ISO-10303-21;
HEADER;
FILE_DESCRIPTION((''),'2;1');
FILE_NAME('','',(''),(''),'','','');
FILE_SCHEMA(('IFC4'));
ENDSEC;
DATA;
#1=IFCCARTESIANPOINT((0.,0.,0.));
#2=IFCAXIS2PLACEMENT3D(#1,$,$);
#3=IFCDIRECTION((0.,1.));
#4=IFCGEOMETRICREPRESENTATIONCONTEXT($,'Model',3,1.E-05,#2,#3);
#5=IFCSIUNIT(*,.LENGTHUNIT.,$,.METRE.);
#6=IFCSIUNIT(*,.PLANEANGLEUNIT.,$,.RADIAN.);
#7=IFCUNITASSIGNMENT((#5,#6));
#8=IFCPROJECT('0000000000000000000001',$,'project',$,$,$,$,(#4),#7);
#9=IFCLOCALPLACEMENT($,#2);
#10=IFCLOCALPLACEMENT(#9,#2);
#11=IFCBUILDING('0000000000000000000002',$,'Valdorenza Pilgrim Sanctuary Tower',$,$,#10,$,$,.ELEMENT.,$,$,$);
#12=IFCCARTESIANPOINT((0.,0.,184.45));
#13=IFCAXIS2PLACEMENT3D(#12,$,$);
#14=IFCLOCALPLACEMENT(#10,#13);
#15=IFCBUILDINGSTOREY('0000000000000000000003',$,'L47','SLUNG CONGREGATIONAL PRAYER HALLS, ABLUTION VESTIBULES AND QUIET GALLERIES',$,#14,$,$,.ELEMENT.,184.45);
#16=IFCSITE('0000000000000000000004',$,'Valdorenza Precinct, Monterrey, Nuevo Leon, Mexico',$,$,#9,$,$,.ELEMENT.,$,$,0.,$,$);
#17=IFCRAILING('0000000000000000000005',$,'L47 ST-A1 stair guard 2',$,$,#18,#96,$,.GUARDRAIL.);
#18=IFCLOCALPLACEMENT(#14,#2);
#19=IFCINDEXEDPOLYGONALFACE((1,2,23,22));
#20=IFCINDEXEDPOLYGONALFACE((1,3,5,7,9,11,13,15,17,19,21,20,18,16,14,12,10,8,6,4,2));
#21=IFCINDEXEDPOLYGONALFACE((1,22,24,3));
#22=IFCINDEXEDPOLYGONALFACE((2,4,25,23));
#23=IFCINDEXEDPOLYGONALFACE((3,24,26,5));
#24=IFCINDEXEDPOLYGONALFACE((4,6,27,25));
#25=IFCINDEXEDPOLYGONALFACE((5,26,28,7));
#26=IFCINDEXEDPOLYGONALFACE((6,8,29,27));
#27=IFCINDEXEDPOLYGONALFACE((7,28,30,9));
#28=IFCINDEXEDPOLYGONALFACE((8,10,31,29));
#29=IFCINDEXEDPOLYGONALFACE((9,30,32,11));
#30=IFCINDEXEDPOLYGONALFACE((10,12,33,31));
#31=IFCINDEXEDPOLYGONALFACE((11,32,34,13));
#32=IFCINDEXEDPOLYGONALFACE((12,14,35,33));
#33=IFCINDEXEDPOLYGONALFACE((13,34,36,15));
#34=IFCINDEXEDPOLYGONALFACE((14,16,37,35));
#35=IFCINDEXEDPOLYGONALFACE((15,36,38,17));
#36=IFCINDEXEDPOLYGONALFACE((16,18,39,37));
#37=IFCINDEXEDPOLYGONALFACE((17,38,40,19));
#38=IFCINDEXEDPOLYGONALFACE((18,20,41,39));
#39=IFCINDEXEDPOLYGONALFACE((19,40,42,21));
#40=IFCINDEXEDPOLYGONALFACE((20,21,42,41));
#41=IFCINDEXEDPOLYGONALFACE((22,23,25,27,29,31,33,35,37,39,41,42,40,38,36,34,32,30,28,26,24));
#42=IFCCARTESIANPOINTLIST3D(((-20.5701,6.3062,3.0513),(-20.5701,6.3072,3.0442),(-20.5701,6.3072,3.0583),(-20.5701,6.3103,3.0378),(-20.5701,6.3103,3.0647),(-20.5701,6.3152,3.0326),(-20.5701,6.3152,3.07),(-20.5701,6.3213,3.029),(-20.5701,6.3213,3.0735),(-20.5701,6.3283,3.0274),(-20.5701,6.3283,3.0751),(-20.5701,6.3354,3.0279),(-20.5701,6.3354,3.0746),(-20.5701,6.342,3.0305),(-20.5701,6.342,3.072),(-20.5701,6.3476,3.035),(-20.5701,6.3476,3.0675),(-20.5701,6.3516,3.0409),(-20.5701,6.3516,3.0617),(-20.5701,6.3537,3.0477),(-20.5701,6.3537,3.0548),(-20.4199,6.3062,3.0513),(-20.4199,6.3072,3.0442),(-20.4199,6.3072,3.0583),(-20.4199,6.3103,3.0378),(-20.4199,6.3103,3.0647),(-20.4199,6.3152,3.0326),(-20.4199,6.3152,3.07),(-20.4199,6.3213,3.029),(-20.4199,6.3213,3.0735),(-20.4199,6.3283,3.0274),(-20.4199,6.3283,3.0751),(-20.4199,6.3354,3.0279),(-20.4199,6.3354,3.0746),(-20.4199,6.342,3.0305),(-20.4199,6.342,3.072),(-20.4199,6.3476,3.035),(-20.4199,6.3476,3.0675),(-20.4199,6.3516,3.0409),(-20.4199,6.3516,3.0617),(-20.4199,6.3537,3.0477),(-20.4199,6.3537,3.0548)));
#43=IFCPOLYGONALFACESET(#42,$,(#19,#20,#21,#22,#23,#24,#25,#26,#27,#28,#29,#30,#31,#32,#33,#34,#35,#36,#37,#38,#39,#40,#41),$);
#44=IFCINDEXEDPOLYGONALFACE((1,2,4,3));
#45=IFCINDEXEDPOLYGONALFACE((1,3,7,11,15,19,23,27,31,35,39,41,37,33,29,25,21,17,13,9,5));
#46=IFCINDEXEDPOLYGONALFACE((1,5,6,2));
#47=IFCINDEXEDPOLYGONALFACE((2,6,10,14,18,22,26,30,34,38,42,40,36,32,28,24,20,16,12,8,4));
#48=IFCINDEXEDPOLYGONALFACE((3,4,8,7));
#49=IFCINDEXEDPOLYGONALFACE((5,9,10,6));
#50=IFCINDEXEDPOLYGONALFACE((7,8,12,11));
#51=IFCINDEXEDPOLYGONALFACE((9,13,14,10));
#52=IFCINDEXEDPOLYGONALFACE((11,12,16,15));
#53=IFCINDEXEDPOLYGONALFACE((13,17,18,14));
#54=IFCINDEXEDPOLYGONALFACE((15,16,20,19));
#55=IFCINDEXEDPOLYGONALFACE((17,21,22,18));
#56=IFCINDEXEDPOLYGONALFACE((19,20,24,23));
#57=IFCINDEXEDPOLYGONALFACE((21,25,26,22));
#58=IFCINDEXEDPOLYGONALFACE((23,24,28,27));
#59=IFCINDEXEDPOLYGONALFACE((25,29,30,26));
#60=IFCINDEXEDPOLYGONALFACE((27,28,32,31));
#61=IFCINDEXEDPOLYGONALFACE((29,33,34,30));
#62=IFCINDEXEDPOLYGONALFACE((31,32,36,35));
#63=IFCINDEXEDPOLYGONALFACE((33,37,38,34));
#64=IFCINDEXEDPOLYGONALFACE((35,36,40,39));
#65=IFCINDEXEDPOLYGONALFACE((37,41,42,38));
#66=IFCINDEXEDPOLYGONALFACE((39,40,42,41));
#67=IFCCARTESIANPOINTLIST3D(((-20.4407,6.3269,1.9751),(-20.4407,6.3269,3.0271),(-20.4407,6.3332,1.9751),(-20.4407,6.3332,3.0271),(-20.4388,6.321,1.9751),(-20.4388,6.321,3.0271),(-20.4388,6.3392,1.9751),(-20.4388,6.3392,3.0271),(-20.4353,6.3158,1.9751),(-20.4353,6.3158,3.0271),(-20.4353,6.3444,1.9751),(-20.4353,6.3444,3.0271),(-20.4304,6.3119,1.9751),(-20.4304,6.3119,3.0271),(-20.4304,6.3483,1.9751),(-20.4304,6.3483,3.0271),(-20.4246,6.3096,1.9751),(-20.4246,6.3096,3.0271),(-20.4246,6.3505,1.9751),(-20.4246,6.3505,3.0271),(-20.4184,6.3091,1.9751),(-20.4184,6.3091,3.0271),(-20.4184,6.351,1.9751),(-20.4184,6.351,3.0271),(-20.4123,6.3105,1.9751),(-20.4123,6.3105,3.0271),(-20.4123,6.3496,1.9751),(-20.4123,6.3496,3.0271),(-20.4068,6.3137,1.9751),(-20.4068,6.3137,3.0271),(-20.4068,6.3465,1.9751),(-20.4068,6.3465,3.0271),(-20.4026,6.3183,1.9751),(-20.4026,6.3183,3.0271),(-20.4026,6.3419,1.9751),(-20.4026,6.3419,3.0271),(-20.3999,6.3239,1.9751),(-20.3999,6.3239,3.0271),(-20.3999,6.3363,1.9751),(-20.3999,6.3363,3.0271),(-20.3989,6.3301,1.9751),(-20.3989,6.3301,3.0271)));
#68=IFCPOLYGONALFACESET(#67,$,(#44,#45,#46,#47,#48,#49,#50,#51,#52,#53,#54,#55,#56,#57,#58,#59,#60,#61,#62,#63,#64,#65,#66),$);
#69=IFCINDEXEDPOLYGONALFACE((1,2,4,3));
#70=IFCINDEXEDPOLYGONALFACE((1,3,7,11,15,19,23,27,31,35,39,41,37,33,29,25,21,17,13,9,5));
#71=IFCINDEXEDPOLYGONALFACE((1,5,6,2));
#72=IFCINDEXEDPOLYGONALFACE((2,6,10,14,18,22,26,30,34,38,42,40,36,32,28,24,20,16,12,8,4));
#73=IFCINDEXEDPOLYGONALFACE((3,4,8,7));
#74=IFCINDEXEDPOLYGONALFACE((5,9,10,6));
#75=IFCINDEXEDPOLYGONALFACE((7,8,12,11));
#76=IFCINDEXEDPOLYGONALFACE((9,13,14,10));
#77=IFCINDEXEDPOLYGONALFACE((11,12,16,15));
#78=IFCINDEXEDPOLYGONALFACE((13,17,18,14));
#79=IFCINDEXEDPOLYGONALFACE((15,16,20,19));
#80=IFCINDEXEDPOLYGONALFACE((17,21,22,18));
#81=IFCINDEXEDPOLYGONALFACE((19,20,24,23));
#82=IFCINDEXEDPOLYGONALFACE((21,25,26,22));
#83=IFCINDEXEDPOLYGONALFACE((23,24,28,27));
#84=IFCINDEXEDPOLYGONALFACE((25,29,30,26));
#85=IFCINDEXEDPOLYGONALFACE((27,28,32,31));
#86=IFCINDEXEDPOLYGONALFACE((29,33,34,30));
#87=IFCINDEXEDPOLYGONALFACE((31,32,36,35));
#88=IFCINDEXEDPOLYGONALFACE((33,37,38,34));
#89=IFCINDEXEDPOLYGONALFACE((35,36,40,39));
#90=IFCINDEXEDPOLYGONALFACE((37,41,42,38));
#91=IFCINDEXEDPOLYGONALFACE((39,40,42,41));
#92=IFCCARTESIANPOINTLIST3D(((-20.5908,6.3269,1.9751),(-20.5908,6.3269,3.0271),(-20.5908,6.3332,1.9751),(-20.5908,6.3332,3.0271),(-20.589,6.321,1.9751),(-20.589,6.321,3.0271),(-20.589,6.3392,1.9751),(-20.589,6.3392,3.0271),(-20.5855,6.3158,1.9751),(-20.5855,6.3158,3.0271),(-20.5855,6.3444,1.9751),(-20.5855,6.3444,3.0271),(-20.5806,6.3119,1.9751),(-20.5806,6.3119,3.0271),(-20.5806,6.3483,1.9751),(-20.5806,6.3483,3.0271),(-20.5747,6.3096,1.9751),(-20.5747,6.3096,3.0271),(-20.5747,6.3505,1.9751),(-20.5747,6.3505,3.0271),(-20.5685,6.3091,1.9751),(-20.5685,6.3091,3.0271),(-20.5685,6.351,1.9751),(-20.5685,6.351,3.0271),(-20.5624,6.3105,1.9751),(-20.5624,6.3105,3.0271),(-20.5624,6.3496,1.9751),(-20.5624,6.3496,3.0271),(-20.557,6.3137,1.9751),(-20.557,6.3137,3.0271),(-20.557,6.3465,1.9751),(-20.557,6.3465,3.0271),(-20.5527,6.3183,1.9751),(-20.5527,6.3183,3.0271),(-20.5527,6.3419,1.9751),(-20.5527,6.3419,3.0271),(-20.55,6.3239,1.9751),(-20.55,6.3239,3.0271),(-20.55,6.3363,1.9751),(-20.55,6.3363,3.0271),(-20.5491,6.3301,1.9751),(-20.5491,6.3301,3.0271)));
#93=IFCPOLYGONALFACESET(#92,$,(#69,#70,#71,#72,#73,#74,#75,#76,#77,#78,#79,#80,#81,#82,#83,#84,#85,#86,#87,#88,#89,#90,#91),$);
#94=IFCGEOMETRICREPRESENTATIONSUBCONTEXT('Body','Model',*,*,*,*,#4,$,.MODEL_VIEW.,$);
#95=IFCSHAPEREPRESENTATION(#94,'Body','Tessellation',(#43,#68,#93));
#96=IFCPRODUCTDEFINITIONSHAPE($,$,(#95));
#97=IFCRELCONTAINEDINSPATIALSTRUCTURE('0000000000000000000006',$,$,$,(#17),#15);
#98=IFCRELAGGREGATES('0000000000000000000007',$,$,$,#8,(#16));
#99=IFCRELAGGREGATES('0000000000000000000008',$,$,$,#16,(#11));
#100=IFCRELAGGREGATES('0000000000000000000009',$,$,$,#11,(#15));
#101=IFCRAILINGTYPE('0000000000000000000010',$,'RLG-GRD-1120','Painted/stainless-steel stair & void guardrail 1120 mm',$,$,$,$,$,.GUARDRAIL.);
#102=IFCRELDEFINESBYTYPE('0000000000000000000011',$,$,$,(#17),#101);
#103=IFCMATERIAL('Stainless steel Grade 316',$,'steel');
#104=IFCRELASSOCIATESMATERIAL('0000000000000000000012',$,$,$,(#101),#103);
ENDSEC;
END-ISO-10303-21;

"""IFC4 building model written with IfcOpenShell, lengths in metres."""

from ifc_helpers import new_model, si_unit, direction, frame, origin, origin_2d, place, context, subcontext, project, spatial, circle, extrude, material, type_object, element, save


model = new_model("IFC4")

# Units and contexts
model_context = context("Model", 3, precision=1e-05, world=origin(), true_north=direction((0.0, 1.0)))
body_context = subcontext(model_context, "Body", "Model", "MODEL_VIEW")
ifc_project = project(units=[si_unit("LENGTHUNIT", "METRE"), si_unit("PLANEANGLEUNIT", "RADIAN")], contexts=[model_context])

# Site, building, storey
site_placement = place(None, origin())
site = spatial("IfcSite", under=ifc_project, at=site_placement, Name="Valdorenza Precinct, Monterrey, Nuevo Leon, Mexico", CompositionType="ELEMENT", RefElevation=0.0)
building_placement = place(site_placement, origin())
building = spatial("IfcBuilding", under=site, at=building_placement, Name="Valdorenza Pilgrim Sanctuary Tower", CompositionType="ELEMENT")
storey_placement = place(building_placement, frame((0.0, 0.0, 184.45)))
storey = spatial("IfcBuildingStorey", under=building, at=storey_placement, Name="L47", Description="SLUNG CONGREGATIONAL PRAYER HALLS, ABLUTION VESTIBULES AND QUIET GALLERIES", CompositionType="ELEMENT", Elevation=184.45)

# Railing
ifc_material_1 = material(Name="Stainless steel Grade 316", Category="steel")
railing_type_1 = type_object("IfcRailingType", Name="RLG-GRD-1120", Description="Painted/stainless-steel stair & void guardrail 1120 mm", PredefinedType="GUARDRAIL", material=ifc_material_1)
railing_1_placement = place(storey_placement, frame((-20.4199, 6.3301, 1.9751)))
element("IfcRailing", 1, at=railing_1_placement, inside=storey, type_object=railing_type_1, Name="L47 ST-A1 stair guard 2", PredefinedType="GUARDRAIL", context=body_context, shape_type="SweptSolid", body=[
    extrude(circle(Radius=0.0239, at=origin_2d()), frame((0.0, 0.0, 1.0762), z_axis=(-1.0, 0.0, 0.0), x_axis=(0.0, -1.0, 0.0)), (0.0, 0.0, 1.0), 0.1501),
    extrude(circle(Radius=0.021, at=origin_2d()), origin(), (0.0, 0.0, 1.0), 1.052),
    extrude(circle(Radius=0.021, at=origin_2d()), frame((-0.1501, 0.0, 0.0)), (0.0, 0.0, 1.0), 1.052),
])

save(model, "model.ifc")
